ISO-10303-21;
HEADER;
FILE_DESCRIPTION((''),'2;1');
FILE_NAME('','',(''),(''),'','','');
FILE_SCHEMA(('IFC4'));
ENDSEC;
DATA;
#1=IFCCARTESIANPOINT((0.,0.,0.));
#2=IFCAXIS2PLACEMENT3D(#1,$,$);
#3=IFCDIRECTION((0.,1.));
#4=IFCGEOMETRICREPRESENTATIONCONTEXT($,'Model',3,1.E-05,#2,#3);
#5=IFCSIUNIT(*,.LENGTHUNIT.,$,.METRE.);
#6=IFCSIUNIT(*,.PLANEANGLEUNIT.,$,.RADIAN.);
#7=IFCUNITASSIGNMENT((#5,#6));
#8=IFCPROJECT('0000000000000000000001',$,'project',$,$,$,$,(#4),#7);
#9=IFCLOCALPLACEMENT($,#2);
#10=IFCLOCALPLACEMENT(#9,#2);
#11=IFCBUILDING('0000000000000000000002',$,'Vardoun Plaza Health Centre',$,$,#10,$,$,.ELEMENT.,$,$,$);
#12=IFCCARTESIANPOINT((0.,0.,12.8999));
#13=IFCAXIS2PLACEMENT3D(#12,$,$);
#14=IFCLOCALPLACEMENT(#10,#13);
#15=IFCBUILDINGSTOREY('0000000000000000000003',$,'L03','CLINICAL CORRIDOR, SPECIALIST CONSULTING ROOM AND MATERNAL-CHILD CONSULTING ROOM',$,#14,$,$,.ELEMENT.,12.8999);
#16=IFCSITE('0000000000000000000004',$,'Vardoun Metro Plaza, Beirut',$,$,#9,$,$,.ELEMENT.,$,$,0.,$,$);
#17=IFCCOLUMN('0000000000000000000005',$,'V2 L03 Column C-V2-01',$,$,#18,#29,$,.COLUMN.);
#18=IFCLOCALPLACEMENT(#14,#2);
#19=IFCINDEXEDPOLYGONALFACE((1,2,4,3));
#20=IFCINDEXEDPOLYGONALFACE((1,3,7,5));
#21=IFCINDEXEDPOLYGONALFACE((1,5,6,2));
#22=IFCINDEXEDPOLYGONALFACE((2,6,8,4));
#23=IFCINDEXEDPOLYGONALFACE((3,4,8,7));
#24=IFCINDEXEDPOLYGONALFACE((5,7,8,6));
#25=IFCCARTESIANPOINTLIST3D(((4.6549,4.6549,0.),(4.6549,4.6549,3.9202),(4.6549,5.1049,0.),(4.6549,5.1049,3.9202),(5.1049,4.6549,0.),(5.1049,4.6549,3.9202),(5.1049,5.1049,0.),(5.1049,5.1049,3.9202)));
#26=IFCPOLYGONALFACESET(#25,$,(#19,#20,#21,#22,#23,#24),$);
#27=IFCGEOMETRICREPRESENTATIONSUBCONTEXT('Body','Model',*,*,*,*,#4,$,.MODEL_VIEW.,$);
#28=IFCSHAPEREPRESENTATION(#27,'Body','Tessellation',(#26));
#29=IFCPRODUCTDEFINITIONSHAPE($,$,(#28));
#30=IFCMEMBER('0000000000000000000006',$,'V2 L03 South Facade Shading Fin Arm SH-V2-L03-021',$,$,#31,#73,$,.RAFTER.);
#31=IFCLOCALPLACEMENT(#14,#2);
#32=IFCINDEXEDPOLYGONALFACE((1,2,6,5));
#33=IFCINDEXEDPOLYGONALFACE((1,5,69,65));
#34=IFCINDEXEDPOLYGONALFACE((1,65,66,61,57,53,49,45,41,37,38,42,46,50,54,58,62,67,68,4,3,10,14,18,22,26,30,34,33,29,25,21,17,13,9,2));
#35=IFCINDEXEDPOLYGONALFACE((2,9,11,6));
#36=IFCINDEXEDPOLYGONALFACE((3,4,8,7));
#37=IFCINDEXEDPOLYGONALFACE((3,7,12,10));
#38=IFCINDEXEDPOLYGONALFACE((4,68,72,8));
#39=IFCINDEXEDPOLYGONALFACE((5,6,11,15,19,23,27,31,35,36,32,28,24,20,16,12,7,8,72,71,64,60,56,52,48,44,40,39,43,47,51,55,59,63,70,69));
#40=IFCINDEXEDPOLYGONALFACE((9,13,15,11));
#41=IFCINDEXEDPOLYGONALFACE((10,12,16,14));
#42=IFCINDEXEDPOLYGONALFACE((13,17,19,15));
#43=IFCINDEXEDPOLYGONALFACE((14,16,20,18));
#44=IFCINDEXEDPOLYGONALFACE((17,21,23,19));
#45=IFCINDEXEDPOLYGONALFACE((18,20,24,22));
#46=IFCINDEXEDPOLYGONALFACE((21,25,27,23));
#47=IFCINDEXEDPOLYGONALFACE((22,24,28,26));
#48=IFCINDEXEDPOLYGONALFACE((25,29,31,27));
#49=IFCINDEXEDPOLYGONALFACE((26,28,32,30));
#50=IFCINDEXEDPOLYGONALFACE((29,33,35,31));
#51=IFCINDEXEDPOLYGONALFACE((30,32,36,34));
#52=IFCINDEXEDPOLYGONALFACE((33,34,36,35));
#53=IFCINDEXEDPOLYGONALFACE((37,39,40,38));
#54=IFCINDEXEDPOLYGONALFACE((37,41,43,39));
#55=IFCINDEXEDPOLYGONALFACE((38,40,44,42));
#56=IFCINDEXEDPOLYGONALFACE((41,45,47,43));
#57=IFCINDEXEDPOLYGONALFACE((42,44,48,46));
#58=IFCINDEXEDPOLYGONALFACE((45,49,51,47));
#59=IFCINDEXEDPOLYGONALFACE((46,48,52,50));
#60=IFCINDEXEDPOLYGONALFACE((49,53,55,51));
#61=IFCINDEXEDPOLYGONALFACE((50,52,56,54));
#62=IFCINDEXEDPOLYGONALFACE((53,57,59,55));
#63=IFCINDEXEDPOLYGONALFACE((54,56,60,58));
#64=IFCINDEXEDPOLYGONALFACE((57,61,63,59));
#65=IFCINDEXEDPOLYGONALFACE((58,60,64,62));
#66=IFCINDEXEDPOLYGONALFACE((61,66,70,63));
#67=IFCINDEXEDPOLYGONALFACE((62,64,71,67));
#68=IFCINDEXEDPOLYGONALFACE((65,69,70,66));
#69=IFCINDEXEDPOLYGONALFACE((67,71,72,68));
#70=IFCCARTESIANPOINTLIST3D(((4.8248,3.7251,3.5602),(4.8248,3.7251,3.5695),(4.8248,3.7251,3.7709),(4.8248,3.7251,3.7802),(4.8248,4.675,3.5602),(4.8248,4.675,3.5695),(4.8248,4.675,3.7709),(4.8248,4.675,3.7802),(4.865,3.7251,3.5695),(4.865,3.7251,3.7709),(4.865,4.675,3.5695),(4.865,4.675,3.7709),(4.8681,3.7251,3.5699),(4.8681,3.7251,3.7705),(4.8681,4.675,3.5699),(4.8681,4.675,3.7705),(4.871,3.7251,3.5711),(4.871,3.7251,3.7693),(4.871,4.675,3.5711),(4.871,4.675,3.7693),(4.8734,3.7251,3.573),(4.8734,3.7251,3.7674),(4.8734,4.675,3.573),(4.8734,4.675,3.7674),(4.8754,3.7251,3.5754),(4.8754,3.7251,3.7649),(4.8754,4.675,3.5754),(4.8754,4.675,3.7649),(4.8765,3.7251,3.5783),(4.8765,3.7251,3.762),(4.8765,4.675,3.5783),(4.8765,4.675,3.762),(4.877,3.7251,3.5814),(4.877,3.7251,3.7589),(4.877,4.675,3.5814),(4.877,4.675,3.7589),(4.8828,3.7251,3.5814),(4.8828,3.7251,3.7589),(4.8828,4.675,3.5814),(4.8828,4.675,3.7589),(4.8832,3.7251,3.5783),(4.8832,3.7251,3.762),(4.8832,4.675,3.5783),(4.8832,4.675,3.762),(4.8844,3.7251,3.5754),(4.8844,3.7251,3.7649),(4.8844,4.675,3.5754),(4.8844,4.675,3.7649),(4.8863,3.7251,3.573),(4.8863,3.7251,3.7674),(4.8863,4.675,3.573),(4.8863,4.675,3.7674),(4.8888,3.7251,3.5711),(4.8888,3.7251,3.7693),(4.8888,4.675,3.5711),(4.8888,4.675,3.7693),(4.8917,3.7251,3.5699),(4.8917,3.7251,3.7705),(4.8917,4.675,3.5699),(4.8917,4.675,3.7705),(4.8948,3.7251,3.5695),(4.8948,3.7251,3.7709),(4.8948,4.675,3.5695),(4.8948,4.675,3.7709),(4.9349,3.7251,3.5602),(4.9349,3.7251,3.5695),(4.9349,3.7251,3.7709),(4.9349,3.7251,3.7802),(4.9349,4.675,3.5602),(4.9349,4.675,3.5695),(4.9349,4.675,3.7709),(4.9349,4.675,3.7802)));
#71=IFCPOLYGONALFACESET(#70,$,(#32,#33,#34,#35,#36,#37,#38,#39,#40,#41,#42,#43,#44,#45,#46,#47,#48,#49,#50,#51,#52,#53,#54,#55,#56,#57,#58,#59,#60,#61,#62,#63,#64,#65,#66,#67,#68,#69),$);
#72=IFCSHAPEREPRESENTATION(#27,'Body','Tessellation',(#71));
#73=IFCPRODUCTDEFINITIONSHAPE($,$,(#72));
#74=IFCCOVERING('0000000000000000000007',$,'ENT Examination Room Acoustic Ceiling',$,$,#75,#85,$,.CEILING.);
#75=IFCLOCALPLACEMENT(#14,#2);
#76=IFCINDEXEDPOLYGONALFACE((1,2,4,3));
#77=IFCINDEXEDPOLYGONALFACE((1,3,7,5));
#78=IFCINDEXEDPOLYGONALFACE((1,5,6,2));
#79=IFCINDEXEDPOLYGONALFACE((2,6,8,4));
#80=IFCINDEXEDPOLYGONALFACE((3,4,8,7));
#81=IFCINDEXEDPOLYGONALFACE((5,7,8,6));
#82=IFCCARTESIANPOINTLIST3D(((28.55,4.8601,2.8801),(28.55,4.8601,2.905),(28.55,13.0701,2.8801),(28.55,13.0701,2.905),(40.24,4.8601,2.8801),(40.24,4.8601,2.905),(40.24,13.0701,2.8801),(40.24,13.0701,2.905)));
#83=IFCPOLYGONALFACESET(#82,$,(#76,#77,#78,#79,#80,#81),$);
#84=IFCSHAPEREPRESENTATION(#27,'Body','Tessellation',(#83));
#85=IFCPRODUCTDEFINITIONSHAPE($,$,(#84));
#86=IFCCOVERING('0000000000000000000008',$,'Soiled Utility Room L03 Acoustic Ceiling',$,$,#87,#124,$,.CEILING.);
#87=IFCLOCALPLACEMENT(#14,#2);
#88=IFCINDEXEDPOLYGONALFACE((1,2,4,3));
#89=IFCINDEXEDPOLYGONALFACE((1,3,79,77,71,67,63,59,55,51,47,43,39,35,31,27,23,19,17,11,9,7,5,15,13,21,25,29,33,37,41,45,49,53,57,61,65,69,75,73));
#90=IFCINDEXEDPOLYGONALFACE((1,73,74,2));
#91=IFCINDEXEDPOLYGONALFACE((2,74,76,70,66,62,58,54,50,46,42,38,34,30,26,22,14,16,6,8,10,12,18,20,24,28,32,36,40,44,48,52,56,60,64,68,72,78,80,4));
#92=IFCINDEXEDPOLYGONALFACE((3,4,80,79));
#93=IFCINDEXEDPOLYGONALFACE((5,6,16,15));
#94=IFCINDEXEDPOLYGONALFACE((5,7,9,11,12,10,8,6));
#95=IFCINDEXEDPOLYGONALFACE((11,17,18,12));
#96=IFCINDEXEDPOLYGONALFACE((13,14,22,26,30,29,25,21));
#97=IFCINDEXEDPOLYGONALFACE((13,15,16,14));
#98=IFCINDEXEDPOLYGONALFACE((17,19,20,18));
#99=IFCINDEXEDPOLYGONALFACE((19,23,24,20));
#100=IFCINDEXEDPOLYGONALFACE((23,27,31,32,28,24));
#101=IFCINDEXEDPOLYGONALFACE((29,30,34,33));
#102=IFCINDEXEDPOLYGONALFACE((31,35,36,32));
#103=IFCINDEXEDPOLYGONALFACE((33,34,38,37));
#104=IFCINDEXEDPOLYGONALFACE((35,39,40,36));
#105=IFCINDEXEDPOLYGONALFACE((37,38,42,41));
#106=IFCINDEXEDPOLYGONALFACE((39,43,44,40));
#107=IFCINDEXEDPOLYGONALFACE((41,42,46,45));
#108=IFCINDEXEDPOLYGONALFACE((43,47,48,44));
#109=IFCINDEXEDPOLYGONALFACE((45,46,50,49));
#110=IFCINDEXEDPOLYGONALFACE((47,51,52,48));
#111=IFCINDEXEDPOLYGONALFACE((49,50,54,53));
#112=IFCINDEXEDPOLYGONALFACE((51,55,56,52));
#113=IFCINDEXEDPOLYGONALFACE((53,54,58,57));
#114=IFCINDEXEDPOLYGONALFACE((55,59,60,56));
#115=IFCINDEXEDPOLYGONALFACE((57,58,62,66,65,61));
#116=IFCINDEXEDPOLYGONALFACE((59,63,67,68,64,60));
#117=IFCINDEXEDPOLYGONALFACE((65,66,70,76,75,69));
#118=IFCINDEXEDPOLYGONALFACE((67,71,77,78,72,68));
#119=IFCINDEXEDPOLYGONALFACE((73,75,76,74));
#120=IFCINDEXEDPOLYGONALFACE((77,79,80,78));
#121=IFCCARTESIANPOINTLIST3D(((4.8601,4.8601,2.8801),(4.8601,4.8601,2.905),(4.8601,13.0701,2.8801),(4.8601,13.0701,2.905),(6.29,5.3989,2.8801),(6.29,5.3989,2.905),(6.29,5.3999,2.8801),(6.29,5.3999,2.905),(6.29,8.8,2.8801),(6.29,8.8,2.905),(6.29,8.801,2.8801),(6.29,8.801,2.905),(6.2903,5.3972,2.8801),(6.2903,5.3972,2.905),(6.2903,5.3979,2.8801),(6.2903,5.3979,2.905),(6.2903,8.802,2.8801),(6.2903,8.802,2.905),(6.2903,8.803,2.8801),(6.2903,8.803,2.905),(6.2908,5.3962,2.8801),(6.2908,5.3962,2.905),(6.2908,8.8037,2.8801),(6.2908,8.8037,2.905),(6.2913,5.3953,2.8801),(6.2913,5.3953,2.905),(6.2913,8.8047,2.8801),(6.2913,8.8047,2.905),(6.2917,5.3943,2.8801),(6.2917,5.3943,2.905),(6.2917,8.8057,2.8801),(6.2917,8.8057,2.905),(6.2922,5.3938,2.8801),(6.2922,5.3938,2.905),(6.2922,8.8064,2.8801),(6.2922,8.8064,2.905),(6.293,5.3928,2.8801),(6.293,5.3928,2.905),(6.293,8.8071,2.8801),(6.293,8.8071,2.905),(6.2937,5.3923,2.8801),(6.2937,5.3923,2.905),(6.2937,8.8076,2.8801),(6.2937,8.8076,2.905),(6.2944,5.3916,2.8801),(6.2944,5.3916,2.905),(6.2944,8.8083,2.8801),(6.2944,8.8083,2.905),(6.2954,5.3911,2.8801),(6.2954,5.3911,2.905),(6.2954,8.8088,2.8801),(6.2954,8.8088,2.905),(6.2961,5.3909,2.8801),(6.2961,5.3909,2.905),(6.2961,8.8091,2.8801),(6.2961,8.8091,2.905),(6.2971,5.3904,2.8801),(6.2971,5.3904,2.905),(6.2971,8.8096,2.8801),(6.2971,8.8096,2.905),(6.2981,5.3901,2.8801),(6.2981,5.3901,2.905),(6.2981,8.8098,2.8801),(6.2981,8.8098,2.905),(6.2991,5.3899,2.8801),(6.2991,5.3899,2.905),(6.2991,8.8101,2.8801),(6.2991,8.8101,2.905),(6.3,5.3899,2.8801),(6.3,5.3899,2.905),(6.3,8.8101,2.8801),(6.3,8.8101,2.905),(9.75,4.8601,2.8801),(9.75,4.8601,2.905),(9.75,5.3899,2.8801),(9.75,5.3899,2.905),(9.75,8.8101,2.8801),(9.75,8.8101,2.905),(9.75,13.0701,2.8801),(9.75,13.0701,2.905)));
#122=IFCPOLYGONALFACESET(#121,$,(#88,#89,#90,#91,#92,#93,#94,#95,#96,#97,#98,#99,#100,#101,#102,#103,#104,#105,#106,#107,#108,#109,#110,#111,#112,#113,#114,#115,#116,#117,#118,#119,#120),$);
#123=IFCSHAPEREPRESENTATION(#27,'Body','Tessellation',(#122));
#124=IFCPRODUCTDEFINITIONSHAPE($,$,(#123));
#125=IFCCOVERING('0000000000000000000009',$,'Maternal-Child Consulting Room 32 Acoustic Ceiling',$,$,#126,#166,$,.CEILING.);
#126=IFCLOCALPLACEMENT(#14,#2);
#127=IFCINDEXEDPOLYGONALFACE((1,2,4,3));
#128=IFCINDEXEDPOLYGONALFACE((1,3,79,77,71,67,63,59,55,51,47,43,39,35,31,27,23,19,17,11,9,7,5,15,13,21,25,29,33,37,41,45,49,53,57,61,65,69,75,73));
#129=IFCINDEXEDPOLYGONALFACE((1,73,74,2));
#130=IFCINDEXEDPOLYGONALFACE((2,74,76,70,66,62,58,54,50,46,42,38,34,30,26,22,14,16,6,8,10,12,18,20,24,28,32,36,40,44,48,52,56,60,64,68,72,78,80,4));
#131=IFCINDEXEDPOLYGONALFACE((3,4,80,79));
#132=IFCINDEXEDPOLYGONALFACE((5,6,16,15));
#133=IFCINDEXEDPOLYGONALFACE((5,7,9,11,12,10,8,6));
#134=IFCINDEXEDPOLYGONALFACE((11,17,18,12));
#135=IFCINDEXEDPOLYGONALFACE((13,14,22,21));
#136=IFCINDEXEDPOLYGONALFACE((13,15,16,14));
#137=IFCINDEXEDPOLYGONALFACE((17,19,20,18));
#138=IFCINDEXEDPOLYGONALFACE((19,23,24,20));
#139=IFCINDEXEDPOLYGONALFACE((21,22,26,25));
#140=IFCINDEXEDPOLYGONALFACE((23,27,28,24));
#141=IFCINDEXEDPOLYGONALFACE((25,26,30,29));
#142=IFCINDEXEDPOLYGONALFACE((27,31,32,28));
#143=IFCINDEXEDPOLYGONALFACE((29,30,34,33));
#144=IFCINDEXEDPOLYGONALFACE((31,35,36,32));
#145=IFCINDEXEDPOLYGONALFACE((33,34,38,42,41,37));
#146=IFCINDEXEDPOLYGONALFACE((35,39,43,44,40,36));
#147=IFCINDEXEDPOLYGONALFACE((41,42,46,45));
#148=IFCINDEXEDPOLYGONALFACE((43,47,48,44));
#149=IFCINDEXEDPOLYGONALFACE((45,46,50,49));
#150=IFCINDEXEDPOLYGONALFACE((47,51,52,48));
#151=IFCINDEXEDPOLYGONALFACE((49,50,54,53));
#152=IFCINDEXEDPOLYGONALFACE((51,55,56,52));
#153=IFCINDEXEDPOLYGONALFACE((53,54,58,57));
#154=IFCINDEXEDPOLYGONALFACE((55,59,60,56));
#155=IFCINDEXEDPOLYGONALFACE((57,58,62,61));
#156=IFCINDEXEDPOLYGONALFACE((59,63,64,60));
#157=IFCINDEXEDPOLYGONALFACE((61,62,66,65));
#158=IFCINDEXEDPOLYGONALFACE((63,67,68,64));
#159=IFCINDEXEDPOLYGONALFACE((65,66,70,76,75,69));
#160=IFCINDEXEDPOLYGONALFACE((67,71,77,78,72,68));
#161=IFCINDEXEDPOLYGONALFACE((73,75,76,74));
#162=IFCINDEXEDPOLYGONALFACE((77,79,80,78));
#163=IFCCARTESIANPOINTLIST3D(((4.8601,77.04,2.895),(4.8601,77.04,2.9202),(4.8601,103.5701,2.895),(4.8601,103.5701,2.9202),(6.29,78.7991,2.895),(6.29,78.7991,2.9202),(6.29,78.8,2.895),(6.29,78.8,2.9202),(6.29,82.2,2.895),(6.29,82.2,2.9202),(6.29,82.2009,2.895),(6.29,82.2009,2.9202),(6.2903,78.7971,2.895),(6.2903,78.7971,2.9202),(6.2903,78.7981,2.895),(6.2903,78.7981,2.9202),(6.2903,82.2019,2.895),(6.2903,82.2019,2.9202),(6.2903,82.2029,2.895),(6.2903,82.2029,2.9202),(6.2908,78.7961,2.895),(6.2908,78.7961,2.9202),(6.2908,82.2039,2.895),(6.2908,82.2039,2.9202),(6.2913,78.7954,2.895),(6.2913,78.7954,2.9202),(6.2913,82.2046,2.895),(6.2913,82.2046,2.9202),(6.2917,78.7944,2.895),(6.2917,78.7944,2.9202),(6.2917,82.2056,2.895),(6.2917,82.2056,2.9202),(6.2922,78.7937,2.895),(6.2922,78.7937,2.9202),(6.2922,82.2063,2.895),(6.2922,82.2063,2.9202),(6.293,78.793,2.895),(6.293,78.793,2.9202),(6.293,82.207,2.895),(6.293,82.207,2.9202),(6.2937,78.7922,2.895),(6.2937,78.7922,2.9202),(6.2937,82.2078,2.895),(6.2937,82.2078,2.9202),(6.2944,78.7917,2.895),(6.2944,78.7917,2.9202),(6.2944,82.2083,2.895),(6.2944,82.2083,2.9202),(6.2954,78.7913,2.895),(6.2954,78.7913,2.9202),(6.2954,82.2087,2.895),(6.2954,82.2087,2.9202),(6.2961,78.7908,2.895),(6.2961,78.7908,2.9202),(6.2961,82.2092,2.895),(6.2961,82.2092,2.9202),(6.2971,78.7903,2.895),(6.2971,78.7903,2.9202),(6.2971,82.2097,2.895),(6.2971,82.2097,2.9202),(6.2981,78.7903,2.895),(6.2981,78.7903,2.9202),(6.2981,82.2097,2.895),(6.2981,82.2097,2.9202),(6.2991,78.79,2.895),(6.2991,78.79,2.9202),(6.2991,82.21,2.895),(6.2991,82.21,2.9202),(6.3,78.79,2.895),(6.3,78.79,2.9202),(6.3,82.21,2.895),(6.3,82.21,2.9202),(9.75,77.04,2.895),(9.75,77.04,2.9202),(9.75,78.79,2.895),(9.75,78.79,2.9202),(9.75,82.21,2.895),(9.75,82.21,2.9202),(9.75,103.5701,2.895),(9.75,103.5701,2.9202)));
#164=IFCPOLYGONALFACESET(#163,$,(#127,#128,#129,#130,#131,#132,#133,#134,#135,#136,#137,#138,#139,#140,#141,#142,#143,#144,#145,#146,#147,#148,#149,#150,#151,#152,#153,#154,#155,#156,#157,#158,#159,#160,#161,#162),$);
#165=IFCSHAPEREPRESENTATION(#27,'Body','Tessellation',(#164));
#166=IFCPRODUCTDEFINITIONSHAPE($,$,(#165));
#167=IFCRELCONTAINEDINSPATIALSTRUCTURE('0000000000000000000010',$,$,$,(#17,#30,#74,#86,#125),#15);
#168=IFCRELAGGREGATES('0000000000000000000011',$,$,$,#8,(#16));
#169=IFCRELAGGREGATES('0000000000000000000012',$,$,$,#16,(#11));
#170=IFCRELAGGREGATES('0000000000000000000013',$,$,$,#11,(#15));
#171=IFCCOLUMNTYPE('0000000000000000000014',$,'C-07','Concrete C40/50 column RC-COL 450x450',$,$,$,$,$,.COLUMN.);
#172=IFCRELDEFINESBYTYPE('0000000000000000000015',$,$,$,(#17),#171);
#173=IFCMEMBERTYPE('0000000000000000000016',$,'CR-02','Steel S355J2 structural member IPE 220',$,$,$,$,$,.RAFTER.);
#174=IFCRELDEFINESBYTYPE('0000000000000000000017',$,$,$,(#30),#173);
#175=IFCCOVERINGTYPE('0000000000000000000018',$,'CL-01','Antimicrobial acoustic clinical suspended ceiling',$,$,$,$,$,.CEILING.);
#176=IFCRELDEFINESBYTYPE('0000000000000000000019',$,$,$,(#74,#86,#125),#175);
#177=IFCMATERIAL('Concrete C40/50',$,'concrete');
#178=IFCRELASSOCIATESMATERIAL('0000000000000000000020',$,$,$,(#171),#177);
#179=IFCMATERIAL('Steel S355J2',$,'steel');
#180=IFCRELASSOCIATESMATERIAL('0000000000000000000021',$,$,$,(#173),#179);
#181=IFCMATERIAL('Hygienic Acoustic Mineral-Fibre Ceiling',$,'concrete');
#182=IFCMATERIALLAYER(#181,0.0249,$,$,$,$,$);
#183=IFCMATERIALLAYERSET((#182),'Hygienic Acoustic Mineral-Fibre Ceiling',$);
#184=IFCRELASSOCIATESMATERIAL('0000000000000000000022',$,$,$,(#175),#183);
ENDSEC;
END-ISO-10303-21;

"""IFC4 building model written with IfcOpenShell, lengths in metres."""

from ifc_helpers import new_model, si_unit, direction, frame, origin, origin_2d, place, context, subcontext, project, spatial, polyline, rectangle, i_section, outline, extrude, material, layer, layer_set, material_profile, profile_set, type_object, element, save


model = new_model("IFC4")

# Units and contexts
model_context = context("Model", 3, precision=1e-05, world=origin(), true_north=direction((0.0, 1.0)))
body_context = subcontext(model_context, "Body", "Model", "MODEL_VIEW")
ifc_project = project(units=[si_unit("LENGTHUNIT", "METRE"), si_unit("PLANEANGLEUNIT", "RADIAN")], contexts=[model_context])

# Site, building, storey
site_placement = place(None, origin())
site = spatial("IfcSite", under=ifc_project, at=site_placement, Name="Vardoun Metro Plaza, Beirut", CompositionType="ELEMENT", RefElevation=0.0)
building_placement = place(site_placement, origin())
building = spatial("IfcBuilding", under=site, at=building_placement, Name="Vardoun Plaza Health Centre", CompositionType="ELEMENT")
storey_placement = place(building_placement, frame((0.0, 0.0, 12.8999)))
storey = spatial("IfcBuildingStorey", under=building, at=storey_placement, Name="L03", Description="CLINICAL CORRIDOR, SPECIALIST CONSULTING ROOM AND MATERNAL-CHILD CONSULTING ROOM", CompositionType="ELEMENT", Elevation=12.8999)

# Column
ifc_material_1 = material(Name="Concrete C40/50", Category="concrete")
ifc_material_profile_1 = material_profile(ifc_material_1, rectangle(XDim=0.45, YDim=0.45, at=origin_2d()), Name="RC-COL 450x450")
ifc_profile_set_1 = profile_set([ifc_material_profile_1], Name="Concrete C40/50")
column_type = type_object("IfcColumnType", Name="C-07", Description="Concrete C40/50 column RC-COL 450x450", PredefinedType="COLUMN", material=ifc_profile_set_1)
column_placement = place(storey_placement, frame((4.8799, 4.8799, 0.0), z_axis=(0.0, 0.0, 1.0), x_axis=(1.0, 0.0, 0.0)))
element("IfcColumn", 1, at=column_placement, inside=storey, type_object=column_type, Name="V2 L03 Column C-V2-01", PredefinedType="COLUMN", context=body_context, shape_type="SweptSolid", body=[
    extrude(rectangle(XDim=0.45, YDim=0.45, at=origin_2d()), origin(), (0.0, 0.0, 1.0), 3.9202),
])

# Member
ifc_material_2 = material(Name="Steel S355J2", Category="steel")
ifc_material_profile_2 = material_profile(ifc_material_2, i_section(OverallWidth=0.1101, OverallDepth=0.22, WebThickness=0.0059, FlangeThickness=0.0093, FilletRadius=0.012, at=origin_2d()), Name="IPE 220")
ifc_profile_set_2 = profile_set([ifc_material_profile_2], Name="Steel S355J2")
member_type = type_object("IfcMemberType", Name="CR-02", Description="Steel S355J2 structural member IPE 220", PredefinedType="RAFTER", material=ifc_profile_set_2)
member_placement = place(storey_placement, frame((4.8799, 4.675, 3.6702), z_axis=(0.0, -1.0, 0.0), x_axis=(1.0, 0.0, 0.0)))
element("IfcMember", 2, at=member_placement, inside=storey, type_object=member_type, Name="V2 L03 South Facade Shading Fin Arm SH-V2-L03-021", PredefinedType="RAFTER", context=body_context, shape_type="SweptSolid", body=[
    extrude(i_section(OverallWidth=0.1101, OverallDepth=0.22, WebThickness=0.0059, FlangeThickness=0.0093, FilletRadius=0.012, at=origin_2d()), origin(), (0.0, 0.0, 1.0), 0.95),
])

# Coverings
ifc_material_3 = material(Name="Hygienic Acoustic Mineral-Fibre Ceiling", Category="concrete")
ifc_layer_1 = layer(ifc_material_3, 0.0249)
ifc_layer_set_1 = layer_set([ifc_layer_1], Name="Hygienic Acoustic Mineral-Fibre Ceiling")
covering_type_1 = type_object("IfcCoveringType", Name="CL-01", Description="Antimicrobial acoustic clinical suspended ceiling", PredefinedType="CEILING", material=ifc_layer_set_1)
covering_1_placement = place(storey_placement, frame((0.0, 0.0, 2.8801)))
element("IfcCovering", 3, at=covering_1_placement, inside=storey, type_object=covering_type_1, Name="ENT Examination Room Acoustic Ceiling", PredefinedType="CEILING", context=body_context, shape_type="SweptSolid", body=[
    extrude(outline(polyline([(28.55, 4.8601), (28.55, 13.0701), (40.24, 13.0701), (40.24, 4.8601), (28.55, 4.8601)])), origin(), (0.0, 0.0, 1.0), 0.0249),
])
covering_2_placement = place(storey_placement, frame((0.0, 0.0, 2.8801)))
element("IfcCovering", 4, at=covering_2_placement, inside=storey, type_object=covering_type_1, Name="Soiled Utility Room L03 Acoustic Ceiling", PredefinedType="CEILING", context=body_context, shape_type="SweptSolid", body=[
    extrude(outline(polyline([(4.8601, 13.0701), (9.75, 13.0701), (9.75, 8.8101), (6.3, 8.8101), (6.2991, 8.8101), (6.2981, 8.8098), (6.2971, 8.8096), (6.2961, 8.8091), (6.2954, 8.8088), (6.2944, 8.8083), (6.2937, 8.8076), (6.293, 8.8071), (6.2922, 8.8064), (6.2917, 8.8057), (6.2913, 8.8047), (6.2908, 8.8037), (6.2903, 8.803), (6.2903, 8.802), (6.29, 8.801), (6.29, 8.8), (6.29, 5.3999), (6.29, 5.3989), (6.2903, 5.3979), (6.2903, 5.3972), (6.2908, 5.3962), (6.2913, 5.3953), (6.2917, 5.3943), (6.2922, 5.3938), (6.293, 5.3928), (6.2937, 5.3923), (6.2944, 5.3916), (6.2954, 5.3911), (6.2961, 5.3909), (6.2971, 5.3904), (6.2981, 5.3901), (6.2991, 5.3899), (6.3, 5.3899), (9.75, 5.3899), (9.75, 4.8601), (4.8601, 4.8601), (4.8601, 13.0701)])), origin(), (0.0, 0.0, 1.0), 0.0249),
])
covering_3_placement = place(storey_placement, frame((0.0, 0.0, 2.895)))
element("IfcCovering", 5, at=covering_3_placement, inside=storey, type_object=covering_type_1, Name="Maternal-Child Consulting Room 32 Acoustic Ceiling", PredefinedType="CEILING", context=body_context, shape_type="SweptSolid", body=[
    extrude(outline(polyline([(4.8601, 103.5701), (9.75, 103.5701), (9.75, 82.21), (6.3, 82.21), (6.2991, 82.21), (6.2981, 82.2097), (6.2971, 82.2097), (6.2961, 82.2092), (6.2954, 82.2087), (6.2944, 82.2083), (6.2937, 82.2078), (6.293, 82.207), (6.2922, 82.2063), (6.2917, 82.2056), (6.2913, 82.2046), (6.2908, 82.2039), (6.2903, 82.2029), (6.2903, 82.2019), (6.29, 82.2009), (6.29, 82.2), (6.29, 78.8), (6.29, 78.7991), (6.2903, 78.7981), (6.2903, 78.7971), (6.2908, 78.7961), (6.2913, 78.7954), (6.2917, 78.7944), (6.2922, 78.7937), (6.293, 78.793), (6.2937, 78.7922), (6.2944, 78.7917), (6.2954, 78.7913), (6.2961, 78.7908), (6.2971, 78.7903), (6.2981, 78.7903), (6.2991, 78.79), (6.3, 78.79), (9.75, 78.79), (9.75, 77.04), (4.8601, 77.04), (4.8601, 103.5701)])), origin(), (0.0, 0.0, 1.0), 0.0251),
])

save(model, "model.ifc")
